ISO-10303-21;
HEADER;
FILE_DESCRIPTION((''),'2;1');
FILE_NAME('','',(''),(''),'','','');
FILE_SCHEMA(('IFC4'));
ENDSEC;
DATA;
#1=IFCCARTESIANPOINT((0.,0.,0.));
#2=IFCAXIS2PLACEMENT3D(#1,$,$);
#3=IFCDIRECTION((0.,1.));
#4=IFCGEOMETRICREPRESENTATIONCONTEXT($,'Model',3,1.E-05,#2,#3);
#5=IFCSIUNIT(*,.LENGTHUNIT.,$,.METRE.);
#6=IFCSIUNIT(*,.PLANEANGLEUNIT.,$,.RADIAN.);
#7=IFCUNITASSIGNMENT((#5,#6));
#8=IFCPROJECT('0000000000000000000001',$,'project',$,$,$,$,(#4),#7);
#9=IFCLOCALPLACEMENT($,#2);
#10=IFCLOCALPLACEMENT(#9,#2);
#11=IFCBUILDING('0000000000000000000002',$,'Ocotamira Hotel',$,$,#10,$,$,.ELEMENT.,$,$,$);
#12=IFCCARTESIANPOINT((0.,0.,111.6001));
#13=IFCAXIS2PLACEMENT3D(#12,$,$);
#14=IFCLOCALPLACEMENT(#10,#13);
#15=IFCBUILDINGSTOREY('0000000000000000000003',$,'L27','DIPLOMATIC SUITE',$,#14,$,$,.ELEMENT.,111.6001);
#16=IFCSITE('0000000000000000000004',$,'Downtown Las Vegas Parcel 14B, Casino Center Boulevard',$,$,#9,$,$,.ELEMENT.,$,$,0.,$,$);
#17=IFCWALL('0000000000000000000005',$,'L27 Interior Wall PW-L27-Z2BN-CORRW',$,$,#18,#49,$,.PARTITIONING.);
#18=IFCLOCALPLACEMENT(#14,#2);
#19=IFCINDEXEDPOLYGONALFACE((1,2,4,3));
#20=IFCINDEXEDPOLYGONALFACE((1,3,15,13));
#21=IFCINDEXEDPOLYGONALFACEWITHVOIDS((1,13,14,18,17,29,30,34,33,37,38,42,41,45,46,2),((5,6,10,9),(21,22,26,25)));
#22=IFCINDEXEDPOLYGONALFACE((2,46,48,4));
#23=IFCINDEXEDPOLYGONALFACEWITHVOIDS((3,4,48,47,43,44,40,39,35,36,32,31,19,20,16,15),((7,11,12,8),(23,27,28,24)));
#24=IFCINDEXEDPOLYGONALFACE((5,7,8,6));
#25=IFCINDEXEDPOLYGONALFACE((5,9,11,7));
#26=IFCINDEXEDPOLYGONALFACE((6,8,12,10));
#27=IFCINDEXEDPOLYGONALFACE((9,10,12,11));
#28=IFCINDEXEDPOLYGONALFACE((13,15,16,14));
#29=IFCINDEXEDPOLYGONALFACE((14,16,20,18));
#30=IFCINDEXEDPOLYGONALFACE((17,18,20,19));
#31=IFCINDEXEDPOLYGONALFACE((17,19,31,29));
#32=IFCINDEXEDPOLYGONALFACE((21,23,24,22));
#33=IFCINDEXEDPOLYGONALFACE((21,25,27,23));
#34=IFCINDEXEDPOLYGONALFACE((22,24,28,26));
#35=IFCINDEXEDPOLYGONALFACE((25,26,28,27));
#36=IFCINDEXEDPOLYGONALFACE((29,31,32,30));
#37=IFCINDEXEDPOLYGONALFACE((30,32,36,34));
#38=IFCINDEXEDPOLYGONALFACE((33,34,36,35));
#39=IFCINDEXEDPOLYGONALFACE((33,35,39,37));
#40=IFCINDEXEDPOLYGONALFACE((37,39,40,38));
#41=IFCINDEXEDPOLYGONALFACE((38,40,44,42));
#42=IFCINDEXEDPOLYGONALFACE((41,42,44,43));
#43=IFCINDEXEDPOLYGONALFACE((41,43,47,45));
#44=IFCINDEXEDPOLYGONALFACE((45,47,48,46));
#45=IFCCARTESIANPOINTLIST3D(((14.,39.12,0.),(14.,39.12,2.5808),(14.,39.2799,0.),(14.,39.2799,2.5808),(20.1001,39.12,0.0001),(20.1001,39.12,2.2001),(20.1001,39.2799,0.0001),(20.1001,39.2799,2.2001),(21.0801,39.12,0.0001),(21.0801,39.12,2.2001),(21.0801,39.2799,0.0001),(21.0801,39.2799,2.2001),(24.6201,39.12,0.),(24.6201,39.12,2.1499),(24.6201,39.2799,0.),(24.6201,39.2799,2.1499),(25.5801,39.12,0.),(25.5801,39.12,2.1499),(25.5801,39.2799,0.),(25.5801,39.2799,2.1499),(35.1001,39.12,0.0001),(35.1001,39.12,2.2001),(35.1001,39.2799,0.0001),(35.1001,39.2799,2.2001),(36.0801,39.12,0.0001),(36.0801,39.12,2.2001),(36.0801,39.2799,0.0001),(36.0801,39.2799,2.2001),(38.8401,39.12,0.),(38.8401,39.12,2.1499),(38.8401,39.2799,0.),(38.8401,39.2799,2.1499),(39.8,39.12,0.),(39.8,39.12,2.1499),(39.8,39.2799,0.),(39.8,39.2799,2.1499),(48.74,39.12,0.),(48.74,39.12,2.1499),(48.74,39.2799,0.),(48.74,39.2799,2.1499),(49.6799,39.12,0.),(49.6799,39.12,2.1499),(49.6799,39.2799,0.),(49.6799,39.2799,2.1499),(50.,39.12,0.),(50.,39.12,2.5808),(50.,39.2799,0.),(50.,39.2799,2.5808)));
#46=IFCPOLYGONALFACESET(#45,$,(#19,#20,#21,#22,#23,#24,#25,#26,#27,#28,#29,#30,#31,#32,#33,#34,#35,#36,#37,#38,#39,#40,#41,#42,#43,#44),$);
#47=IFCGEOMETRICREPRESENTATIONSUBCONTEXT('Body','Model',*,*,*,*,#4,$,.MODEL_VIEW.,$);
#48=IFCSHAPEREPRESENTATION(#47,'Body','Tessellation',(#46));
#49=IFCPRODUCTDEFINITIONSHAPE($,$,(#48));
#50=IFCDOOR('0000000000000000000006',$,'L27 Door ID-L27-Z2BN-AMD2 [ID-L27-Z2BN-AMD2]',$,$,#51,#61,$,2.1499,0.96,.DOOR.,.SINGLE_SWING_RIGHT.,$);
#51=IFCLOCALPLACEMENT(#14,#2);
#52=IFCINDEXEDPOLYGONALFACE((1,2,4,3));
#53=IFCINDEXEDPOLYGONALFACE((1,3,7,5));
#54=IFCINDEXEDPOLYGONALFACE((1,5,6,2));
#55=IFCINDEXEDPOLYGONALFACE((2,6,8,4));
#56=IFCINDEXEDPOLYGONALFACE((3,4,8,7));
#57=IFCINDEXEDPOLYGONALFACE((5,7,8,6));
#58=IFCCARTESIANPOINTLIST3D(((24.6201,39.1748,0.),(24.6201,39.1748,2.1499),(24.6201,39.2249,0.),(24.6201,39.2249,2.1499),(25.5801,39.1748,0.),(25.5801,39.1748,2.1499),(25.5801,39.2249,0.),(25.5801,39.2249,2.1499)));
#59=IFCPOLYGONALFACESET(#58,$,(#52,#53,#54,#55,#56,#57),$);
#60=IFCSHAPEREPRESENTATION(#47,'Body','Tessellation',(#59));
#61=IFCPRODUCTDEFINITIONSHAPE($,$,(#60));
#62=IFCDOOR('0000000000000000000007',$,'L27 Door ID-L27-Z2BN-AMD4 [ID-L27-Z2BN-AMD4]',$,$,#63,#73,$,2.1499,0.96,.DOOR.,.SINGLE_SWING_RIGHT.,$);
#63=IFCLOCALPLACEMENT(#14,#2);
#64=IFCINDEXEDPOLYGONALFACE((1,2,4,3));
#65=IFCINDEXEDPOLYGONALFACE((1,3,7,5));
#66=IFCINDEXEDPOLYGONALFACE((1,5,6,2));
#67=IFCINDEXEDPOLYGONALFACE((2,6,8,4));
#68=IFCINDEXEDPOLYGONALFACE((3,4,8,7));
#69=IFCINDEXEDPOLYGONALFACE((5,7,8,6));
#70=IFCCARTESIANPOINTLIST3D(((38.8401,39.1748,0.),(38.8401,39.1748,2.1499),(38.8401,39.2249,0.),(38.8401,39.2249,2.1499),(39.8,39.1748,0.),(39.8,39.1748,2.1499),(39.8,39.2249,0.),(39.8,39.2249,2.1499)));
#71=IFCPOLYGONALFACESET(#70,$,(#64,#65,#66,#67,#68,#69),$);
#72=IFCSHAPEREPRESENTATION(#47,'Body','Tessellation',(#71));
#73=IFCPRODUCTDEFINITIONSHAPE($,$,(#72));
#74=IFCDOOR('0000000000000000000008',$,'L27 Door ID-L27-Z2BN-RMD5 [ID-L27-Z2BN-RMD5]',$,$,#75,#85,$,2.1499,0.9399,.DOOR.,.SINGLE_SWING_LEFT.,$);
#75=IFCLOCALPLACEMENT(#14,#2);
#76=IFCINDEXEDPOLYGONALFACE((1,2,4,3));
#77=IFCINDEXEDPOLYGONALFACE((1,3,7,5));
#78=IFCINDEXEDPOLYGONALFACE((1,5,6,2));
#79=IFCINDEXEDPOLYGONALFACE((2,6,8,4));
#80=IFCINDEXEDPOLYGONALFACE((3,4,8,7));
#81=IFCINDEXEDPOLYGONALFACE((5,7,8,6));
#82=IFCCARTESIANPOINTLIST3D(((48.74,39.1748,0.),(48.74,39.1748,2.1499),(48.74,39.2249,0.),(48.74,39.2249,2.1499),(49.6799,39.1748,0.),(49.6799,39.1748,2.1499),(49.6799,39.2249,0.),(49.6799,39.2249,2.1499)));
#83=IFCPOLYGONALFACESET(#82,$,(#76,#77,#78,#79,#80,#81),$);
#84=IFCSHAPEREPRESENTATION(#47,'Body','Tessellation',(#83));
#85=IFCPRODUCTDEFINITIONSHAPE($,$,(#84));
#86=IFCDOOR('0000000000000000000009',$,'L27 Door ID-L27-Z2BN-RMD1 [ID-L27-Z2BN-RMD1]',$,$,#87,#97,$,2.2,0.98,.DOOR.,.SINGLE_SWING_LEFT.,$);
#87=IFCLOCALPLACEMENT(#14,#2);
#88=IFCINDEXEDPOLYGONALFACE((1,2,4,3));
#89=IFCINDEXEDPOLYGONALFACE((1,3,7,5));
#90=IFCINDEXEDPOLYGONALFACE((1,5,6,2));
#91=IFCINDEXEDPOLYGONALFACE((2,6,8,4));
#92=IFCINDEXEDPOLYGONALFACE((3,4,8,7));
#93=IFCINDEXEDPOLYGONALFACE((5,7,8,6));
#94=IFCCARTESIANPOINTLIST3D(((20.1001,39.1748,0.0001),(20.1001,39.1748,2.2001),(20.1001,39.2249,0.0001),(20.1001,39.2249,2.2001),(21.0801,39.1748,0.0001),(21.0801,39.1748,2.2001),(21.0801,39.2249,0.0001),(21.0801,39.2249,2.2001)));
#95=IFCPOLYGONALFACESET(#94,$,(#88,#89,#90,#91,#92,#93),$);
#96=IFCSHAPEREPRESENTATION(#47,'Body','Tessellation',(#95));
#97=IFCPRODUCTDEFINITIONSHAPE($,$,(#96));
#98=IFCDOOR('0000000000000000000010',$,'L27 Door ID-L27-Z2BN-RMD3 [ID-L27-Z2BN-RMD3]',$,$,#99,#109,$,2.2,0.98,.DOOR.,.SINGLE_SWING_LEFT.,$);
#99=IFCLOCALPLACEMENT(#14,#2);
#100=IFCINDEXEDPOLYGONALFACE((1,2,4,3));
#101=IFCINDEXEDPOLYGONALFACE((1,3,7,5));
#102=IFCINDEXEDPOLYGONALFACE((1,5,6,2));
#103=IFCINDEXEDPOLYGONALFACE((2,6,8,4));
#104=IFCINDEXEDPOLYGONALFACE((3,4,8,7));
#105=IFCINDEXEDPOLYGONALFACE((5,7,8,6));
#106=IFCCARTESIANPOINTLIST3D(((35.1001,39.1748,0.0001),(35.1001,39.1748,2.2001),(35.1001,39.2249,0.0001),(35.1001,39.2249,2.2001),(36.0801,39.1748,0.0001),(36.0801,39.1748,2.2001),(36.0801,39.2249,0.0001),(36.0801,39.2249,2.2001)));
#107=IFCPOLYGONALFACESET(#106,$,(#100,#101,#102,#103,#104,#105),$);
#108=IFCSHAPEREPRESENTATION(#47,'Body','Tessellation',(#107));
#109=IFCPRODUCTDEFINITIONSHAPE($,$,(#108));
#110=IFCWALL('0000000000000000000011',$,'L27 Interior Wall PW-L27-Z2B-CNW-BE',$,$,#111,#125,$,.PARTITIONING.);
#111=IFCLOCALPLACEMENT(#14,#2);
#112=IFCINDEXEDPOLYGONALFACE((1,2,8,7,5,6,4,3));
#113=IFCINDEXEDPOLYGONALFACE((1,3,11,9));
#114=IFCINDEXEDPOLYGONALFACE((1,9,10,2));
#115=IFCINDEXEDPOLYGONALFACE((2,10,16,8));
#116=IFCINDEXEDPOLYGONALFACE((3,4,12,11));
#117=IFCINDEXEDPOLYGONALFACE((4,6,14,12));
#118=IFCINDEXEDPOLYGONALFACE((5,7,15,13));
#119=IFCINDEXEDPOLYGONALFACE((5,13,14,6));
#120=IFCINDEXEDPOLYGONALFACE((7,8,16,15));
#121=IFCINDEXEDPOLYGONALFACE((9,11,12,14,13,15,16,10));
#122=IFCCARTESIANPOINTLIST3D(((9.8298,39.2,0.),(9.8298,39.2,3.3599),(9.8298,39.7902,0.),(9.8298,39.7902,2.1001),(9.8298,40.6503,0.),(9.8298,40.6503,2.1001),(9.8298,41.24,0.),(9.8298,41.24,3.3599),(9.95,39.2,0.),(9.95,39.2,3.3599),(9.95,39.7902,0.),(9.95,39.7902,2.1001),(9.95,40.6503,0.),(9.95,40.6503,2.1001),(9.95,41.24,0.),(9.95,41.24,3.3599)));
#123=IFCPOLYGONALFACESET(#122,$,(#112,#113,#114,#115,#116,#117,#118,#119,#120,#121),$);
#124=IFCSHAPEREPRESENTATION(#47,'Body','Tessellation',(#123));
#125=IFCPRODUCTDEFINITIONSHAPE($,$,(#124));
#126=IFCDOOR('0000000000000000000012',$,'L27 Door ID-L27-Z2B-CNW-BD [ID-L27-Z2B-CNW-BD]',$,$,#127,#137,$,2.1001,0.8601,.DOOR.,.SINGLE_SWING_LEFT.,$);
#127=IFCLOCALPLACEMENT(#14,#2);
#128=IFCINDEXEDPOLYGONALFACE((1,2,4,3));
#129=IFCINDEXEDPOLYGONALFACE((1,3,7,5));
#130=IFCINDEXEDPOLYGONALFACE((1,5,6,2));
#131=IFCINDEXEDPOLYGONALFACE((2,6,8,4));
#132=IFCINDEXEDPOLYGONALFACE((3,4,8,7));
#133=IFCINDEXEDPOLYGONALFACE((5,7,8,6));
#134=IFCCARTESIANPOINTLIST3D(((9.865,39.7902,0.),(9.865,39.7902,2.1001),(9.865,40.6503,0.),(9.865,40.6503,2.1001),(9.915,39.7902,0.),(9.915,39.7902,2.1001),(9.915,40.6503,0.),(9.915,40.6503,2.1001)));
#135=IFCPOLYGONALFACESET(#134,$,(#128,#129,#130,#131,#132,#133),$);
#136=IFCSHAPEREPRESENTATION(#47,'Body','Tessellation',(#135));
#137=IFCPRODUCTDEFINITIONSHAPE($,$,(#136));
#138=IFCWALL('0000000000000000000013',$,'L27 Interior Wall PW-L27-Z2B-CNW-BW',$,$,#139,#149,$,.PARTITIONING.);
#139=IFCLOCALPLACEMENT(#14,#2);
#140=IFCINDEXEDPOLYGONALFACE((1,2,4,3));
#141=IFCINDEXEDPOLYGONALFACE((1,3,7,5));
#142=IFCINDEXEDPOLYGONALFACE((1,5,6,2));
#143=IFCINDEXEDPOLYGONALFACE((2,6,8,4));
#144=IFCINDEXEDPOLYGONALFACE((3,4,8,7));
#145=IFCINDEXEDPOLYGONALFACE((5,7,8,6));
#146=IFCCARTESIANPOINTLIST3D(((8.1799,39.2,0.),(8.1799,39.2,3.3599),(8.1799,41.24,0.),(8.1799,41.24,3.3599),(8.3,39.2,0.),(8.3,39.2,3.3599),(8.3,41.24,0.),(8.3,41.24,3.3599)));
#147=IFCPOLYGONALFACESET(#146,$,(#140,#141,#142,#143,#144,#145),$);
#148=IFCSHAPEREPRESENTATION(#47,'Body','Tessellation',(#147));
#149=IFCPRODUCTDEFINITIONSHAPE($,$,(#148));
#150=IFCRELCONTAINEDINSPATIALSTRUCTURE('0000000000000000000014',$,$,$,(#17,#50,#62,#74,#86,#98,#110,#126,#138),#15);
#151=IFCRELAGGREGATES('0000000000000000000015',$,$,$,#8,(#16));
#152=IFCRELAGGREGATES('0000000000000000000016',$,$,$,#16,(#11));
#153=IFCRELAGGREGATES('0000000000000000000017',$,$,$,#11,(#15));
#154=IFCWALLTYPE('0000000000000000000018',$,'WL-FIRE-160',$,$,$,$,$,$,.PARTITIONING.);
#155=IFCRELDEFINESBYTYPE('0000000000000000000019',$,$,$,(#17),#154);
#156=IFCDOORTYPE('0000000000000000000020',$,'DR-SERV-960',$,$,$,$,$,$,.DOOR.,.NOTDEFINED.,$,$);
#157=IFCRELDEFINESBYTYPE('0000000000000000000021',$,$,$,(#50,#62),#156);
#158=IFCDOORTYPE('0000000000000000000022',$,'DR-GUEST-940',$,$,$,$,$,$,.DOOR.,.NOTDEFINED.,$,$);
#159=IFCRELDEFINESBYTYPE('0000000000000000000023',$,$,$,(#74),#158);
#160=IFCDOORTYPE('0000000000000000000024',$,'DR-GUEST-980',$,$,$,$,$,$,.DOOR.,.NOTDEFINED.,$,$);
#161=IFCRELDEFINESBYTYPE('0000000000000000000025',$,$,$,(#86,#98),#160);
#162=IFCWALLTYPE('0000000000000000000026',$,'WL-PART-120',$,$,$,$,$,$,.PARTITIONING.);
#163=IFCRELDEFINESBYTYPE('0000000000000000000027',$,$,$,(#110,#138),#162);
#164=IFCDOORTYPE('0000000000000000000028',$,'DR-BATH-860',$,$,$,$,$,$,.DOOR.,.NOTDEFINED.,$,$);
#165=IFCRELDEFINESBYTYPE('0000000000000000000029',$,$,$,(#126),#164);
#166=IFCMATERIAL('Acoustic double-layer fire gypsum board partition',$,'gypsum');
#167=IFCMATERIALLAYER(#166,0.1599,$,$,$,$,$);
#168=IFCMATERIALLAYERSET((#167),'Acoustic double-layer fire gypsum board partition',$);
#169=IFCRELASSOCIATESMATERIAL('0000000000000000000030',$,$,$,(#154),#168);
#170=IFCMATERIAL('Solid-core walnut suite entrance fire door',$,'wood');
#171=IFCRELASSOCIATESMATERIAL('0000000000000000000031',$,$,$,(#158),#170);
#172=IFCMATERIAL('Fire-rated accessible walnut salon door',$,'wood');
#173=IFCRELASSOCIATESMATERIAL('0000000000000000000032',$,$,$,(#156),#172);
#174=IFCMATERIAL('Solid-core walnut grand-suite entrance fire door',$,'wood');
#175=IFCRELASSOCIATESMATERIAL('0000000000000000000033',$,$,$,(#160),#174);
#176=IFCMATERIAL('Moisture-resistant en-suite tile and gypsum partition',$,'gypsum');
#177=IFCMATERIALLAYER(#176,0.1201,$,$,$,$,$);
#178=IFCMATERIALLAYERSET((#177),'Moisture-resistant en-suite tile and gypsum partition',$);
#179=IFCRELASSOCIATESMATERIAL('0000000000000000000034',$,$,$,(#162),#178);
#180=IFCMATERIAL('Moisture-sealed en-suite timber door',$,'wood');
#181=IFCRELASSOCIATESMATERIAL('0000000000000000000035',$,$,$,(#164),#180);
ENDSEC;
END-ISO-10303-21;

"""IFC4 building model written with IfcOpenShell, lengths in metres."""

from ifc_helpers import new_model, si_unit, direction, frame, frame_2d, origin, place, context, subcontext, project, spatial, rectangle, extrude, source, transform, mapped, material, layer, layer_set, type_object, element, fill, save


model = new_model("IFC4")

# Units and contexts
model_context = context("Model", 3, precision=1e-05, world=origin(), true_north=direction((0.0, 1.0)))
body_context = subcontext(model_context, "Body", "Model", "MODEL_VIEW")
ifc_project = project(units=[si_unit("LENGTHUNIT", "METRE"), si_unit("PLANEANGLEUNIT", "RADIAN")], contexts=[model_context])

# Site, building, storey
site_placement = place(None, origin())
site = spatial("IfcSite", under=ifc_project, at=site_placement, Name="Downtown Las Vegas Parcel 14B, Casino Center Boulevard", CompositionType="ELEMENT", RefElevation=0.0)
building_placement = place(site_placement, origin())
building = spatial("IfcBuilding", under=site, at=building_placement, Name="Ocotamira Hotel", CompositionType="ELEMENT")
storey_placement = place(building_placement, frame((0.0, 0.0, 111.6001)))
storey = spatial("IfcBuildingStorey", under=building, at=storey_placement, Name="L27", Description="DIPLOMATIC SUITE", CompositionType="ELEMENT", Elevation=111.6001)

# Shared definitions
ifc_material_1 = material(Name="Acoustic double-layer fire gypsum board partition", Category="gypsum")
ifc_layer_1 = layer(ifc_material_1, 0.1599)
ifc_layer_set_1 = layer_set([ifc_layer_1], Name="Acoustic double-layer fire gypsum board partition")
wall_type_1 = type_object("IfcWallType", Name="WL-FIRE-160", PredefinedType="PARTITIONING", material=ifc_layer_set_1)
ifc_material_2 = material(Name="Solid-core walnut suite entrance fire door", Category="wood")
door_type_1 = type_object("IfcDoorType", Name="DR-GUEST-940", OperationType="NOTDEFINED", PredefinedType="DOOR", material=ifc_material_2)
shared_shape_1 = source(origin(), body_context, "Body", "SweptSolid", [
    extrude(rectangle(XDim=0.9399, YDim=2.1499, at=frame_2d((0.47, 1.075))), frame((0.0, 0.0249, 0.0), z_axis=(0.0, -1.0, 0.0), x_axis=(1.0, 0.0, 0.0)), (0.0, 0.0, 1.0), 0.05),
])

# Wall, openings, doors
wall_1_placement = place(storey_placement, frame((14.0, 39.2, 0.0), z_axis=(0.0, 0.0, 1.0), x_axis=(1.0, 0.0, 0.0)))
wall_1 = element("IfcWall", 1, at=wall_1_placement, inside=storey, type_object=wall_type_1, Name="L27 Interior Wall PW-L27-Z2BN-CORRW", PredefinedType="PARTITIONING", context=body_context, shape_type="SweptSolid", body=[
    extrude(rectangle(XDim=36.0, YDim=0.1599, at=frame_2d((18.0, 0.0))), origin(), (0.0, 0.0, 1.0), 2.5808),
])
opening_1_placement = place(wall_1_placement, frame((6.1001, 0.0, 0.0)))
opening_1 = element("IfcOpeningElement", 2, at=opening_1_placement, cuts=wall_1, PredefinedType="OPENING", context=body_context, shape_type="SweptSolid", body=[
    extrude(rectangle(XDim=0.98, YDim=2.2, at=frame_2d((0.49, 1.1001))), frame((0.0, 0.0898, 0.0), z_axis=(0.0, -1.0, 0.0), x_axis=(1.0, 0.0, 0.0)), (0.0, 0.0, 1.0), 0.1799),
])
opening_2_placement = place(wall_1_placement, frame((10.6201, 0.0, 0.0)))
opening_2 = element("IfcOpeningElement", 3, at=opening_2_placement, cuts=wall_1, PredefinedType="OPENING", context=body_context, shape_type="SweptSolid", body=[
    extrude(rectangle(XDim=0.96, YDim=2.1499, at=frame_2d((0.48, 1.075))), frame((0.0, 0.0898, 0.0), z_axis=(0.0, -1.0, 0.0), x_axis=(1.0, 0.0, 0.0)), (0.0, 0.0, 1.0), 0.1799),
])
opening_3_placement = place(wall_1_placement, frame((21.1001, 0.0, 0.0)))
opening_3 = element("IfcOpeningElement", 4, at=opening_3_placement, cuts=wall_1, PredefinedType="OPENING", context=body_context, shape_type="SweptSolid", body=[
    extrude(rectangle(XDim=0.98, YDim=2.2, at=frame_2d((0.49, 1.1001))), frame((0.0, 0.0898, 0.0), z_axis=(0.0, -1.0, 0.0), x_axis=(1.0, 0.0, 0.0)), (0.0, 0.0, 1.0), 0.1799),
])
opening_4_placement = place(wall_1_placement, frame((24.8401, 0.0, 0.0)))
opening_4 = element("IfcOpeningElement", 5, at=opening_4_placement, cuts=wall_1, PredefinedType="OPENING", context=body_context, shape_type="SweptSolid", body=[
    extrude(rectangle(XDim=0.96, YDim=2.1499, at=frame_2d((0.48, 1.075))), frame((0.0, 0.0898, 0.0), z_axis=(0.0, -1.0, 0.0), x_axis=(1.0, 0.0, 0.0)), (0.0, 0.0, 1.0), 0.1799),
])
opening_5_placement = place(wall_1_placement, frame((34.74, 0.0, 0.0)))
opening_5 = element("IfcOpeningElement", 6, at=opening_5_placement, cuts=wall_1, PredefinedType="OPENING", context=body_context, shape_type="SweptSolid", body=[
    extrude(rectangle(XDim=0.9399, YDim=2.1499, at=frame_2d((0.47, 1.075))), frame((0.0, 0.0898, 0.0), z_axis=(0.0, -1.0, 0.0), x_axis=(1.0, 0.0, 0.0)), (0.0, 0.0, 1.0), 0.1799),
])
ifc_material_3 = material(Name="Fire-rated accessible walnut salon door", Category="wood")
door_type_2 = type_object("IfcDoorType", Name="DR-SERV-960", OperationType="NOTDEFINED", PredefinedType="DOOR", material=ifc_material_3)
shared_shape_2 = source(origin(), body_context, "Body", "SweptSolid", [
    extrude(rectangle(XDim=0.96, YDim=2.1499, at=frame_2d((0.48, 1.075))), frame((0.0, 0.0249, 0.0), z_axis=(0.0, -1.0, 0.0), x_axis=(1.0, 0.0, 0.0)), (0.0, 0.0, 1.0), 0.05),
])
door_1_placement = place(opening_2_placement, origin())
door_1 = element("IfcDoor", 7, at=door_1_placement, inside=storey, type_object=door_type_2, Name="L27 Door ID-L27-Z2BN-AMD2 [ID-L27-Z2BN-AMD2]", OperationType="SINGLE_SWING_RIGHT", OverallHeight=2.1499, OverallWidth=0.96, PredefinedType="DOOR", context=body_context, shape_type="MappedRepresentation", body=[
    mapped(shared_shape_2, transform((0.0, 0.0, 0.0), scale=1.0)),
])
fill(opening_2, door_1)
door_2_placement = place(opening_4_placement, origin())
door_2 = element("IfcDoor", 8, at=door_2_placement, inside=storey, type_object=door_type_2, Name="L27 Door ID-L27-Z2BN-AMD4 [ID-L27-Z2BN-AMD4]", OperationType="SINGLE_SWING_RIGHT", OverallHeight=2.1499, OverallWidth=0.96, PredefinedType="DOOR", context=body_context, shape_type="MappedRepresentation", body=[
    mapped(shared_shape_2, transform((0.0, 0.0, 0.0), scale=1.0)),
])
fill(opening_4, door_2)
door_3_placement = place(opening_5_placement, origin())
door_3 = element("IfcDoor", 9, at=door_3_placement, inside=storey, type_object=door_type_1, Name="L27 Door ID-L27-Z2BN-RMD5 [ID-L27-Z2BN-RMD5]", OperationType="SINGLE_SWING_LEFT", OverallHeight=2.1499, OverallWidth=0.9399, PredefinedType="DOOR", context=body_context, shape_type="MappedRepresentation", body=[
    mapped(shared_shape_1, transform((0.0, 0.0, 0.0), scale=1.0)),
])
fill(opening_5, door_3)
ifc_material_4 = material(Name="Solid-core walnut grand-suite entrance fire door", Category="wood")
door_type_3 = type_object("IfcDoorType", Name="DR-GUEST-980", OperationType="NOTDEFINED", PredefinedType="DOOR", material=ifc_material_4)
shared_shape_3 = source(origin(), body_context, "Body", "SweptSolid", [
    extrude(rectangle(XDim=0.98, YDim=2.2, at=frame_2d((0.49, 1.1001))), frame((0.0, 0.0249, 0.0), z_axis=(0.0, -1.0, 0.0), x_axis=(1.0, 0.0, 0.0)), (0.0, 0.0, 1.0), 0.05),
])
door_4_placement = place(opening_1_placement, origin())
door_4 = element("IfcDoor", 10, at=door_4_placement, inside=storey, type_object=door_type_3, Name="L27 Door ID-L27-Z2BN-RMD1 [ID-L27-Z2BN-RMD1]", OperationType="SINGLE_SWING_LEFT", OverallHeight=2.2, OverallWidth=0.98, PredefinedType="DOOR", context=body_context, shape_type="MappedRepresentation", body=[
    mapped(shared_shape_3, transform((0.0, 0.0, 0.0), scale=1.0)),
])
fill(opening_1, door_4)
door_5_placement = place(opening_3_placement, origin())
door_5 = element("IfcDoor", 11, at=door_5_placement, inside=storey, type_object=door_type_3, Name="L27 Door ID-L27-Z2BN-RMD3 [ID-L27-Z2BN-RMD3]", OperationType="SINGLE_SWING_LEFT", OverallHeight=2.2, OverallWidth=0.98, PredefinedType="DOOR", context=body_context, shape_type="MappedRepresentation", body=[
    mapped(shared_shape_3, transform((0.0, 0.0, 0.0), scale=1.0)),
])
fill(opening_3, door_5)

# Wall, opening, door
ifc_material_5 = material(Name="Moisture-resistant en-suite tile and gypsum partition", Category="gypsum")
ifc_layer_2 = layer(ifc_material_5, 0.1201)
ifc_layer_set_2 = layer_set([ifc_layer_2], Name="Moisture-resistant en-suite tile and gypsum partition")
wall_type_2 = type_object("IfcWallType", Name="WL-PART-120", PredefinedType="PARTITIONING", material=ifc_layer_set_2)
wall_2_placement = place(storey_placement, frame((9.8899, 39.2, 0.0), z_axis=(0.0, 0.0, 1.0), x_axis=(0.0, 1.0, 0.0)))
wall_2 = element("IfcWall", 12, at=wall_2_placement, inside=storey, type_object=wall_type_2, Name="L27 Interior Wall PW-L27-Z2B-CNW-BE", PredefinedType="PARTITIONING", context=body_context, shape_type="SweptSolid", body=[
    extrude(rectangle(XDim=2.04, YDim=0.1201, at=frame_2d((1.02, 0.0))), origin(), (0.0, 0.0, 1.0), 3.3599),
])
opening_6_placement = place(wall_2_placement, frame((0.5901, 0.0, 0.0)))
opening_6 = element("IfcOpeningElement", 13, at=opening_6_placement, cuts=wall_2, PredefinedType="OPENING", context=body_context, shape_type="SweptSolid", body=[
    extrude(rectangle(XDim=0.8601, YDim=2.1001, at=frame_2d((0.4302, 1.05))), frame((0.0, 0.0701, 0.0), z_axis=(0.0, -1.0, 0.0), x_axis=(1.0, 0.0, 0.0)), (0.0, 0.0, 1.0), 0.1401),
])
ifc_material_6 = material(Name="Moisture-sealed en-suite timber door", Category="wood")
door_type_4 = type_object("IfcDoorType", Name="DR-BATH-860", OperationType="NOTDEFINED", PredefinedType="DOOR", material=ifc_material_6)
shared_shape_4 = source(origin(), body_context, "Body", "SweptSolid", [
    extrude(rectangle(XDim=0.8601, YDim=2.1001, at=frame_2d((0.4302, 1.05))), frame((0.0, 0.0249, 0.0), z_axis=(0.0, -1.0, 0.0), x_axis=(1.0, 0.0, 0.0)), (0.0, 0.0, 1.0), 0.05),
])
door_6_placement = place(opening_6_placement, origin())
door_6 = element("IfcDoor", 14, at=door_6_placement, inside=storey, type_object=door_type_4, Name="L27 Door ID-L27-Z2B-CNW-BD [ID-L27-Z2B-CNW-BD]", OperationType="SINGLE_SWING_LEFT", OverallHeight=2.1001, OverallWidth=0.8601, PredefinedType="DOOR", context=body_context, shape_type="MappedRepresentation", body=[
    mapped(shared_shape_4, transform((0.0, 0.0, 0.0), scale=1.0)),
])
fill(opening_6, door_6)

# Wall
wall_3_placement = place(storey_placement, frame((8.24, 39.2, 0.0), z_axis=(0.0, 0.0, 1.0), x_axis=(0.0, 1.0, 0.0)))
element("IfcWall", 15, at=wall_3_placement, inside=storey, type_object=wall_type_2, Name="L27 Interior Wall PW-L27-Z2B-CNW-BW", PredefinedType="PARTITIONING", context=body_context, shape_type="SweptSolid", body=[
    extrude(rectangle(XDim=2.04, YDim=0.1201, at=frame_2d((1.02, 0.0))), origin(), (0.0, 0.0, 1.0), 3.3599),
])

save(model, "model.ifc")
